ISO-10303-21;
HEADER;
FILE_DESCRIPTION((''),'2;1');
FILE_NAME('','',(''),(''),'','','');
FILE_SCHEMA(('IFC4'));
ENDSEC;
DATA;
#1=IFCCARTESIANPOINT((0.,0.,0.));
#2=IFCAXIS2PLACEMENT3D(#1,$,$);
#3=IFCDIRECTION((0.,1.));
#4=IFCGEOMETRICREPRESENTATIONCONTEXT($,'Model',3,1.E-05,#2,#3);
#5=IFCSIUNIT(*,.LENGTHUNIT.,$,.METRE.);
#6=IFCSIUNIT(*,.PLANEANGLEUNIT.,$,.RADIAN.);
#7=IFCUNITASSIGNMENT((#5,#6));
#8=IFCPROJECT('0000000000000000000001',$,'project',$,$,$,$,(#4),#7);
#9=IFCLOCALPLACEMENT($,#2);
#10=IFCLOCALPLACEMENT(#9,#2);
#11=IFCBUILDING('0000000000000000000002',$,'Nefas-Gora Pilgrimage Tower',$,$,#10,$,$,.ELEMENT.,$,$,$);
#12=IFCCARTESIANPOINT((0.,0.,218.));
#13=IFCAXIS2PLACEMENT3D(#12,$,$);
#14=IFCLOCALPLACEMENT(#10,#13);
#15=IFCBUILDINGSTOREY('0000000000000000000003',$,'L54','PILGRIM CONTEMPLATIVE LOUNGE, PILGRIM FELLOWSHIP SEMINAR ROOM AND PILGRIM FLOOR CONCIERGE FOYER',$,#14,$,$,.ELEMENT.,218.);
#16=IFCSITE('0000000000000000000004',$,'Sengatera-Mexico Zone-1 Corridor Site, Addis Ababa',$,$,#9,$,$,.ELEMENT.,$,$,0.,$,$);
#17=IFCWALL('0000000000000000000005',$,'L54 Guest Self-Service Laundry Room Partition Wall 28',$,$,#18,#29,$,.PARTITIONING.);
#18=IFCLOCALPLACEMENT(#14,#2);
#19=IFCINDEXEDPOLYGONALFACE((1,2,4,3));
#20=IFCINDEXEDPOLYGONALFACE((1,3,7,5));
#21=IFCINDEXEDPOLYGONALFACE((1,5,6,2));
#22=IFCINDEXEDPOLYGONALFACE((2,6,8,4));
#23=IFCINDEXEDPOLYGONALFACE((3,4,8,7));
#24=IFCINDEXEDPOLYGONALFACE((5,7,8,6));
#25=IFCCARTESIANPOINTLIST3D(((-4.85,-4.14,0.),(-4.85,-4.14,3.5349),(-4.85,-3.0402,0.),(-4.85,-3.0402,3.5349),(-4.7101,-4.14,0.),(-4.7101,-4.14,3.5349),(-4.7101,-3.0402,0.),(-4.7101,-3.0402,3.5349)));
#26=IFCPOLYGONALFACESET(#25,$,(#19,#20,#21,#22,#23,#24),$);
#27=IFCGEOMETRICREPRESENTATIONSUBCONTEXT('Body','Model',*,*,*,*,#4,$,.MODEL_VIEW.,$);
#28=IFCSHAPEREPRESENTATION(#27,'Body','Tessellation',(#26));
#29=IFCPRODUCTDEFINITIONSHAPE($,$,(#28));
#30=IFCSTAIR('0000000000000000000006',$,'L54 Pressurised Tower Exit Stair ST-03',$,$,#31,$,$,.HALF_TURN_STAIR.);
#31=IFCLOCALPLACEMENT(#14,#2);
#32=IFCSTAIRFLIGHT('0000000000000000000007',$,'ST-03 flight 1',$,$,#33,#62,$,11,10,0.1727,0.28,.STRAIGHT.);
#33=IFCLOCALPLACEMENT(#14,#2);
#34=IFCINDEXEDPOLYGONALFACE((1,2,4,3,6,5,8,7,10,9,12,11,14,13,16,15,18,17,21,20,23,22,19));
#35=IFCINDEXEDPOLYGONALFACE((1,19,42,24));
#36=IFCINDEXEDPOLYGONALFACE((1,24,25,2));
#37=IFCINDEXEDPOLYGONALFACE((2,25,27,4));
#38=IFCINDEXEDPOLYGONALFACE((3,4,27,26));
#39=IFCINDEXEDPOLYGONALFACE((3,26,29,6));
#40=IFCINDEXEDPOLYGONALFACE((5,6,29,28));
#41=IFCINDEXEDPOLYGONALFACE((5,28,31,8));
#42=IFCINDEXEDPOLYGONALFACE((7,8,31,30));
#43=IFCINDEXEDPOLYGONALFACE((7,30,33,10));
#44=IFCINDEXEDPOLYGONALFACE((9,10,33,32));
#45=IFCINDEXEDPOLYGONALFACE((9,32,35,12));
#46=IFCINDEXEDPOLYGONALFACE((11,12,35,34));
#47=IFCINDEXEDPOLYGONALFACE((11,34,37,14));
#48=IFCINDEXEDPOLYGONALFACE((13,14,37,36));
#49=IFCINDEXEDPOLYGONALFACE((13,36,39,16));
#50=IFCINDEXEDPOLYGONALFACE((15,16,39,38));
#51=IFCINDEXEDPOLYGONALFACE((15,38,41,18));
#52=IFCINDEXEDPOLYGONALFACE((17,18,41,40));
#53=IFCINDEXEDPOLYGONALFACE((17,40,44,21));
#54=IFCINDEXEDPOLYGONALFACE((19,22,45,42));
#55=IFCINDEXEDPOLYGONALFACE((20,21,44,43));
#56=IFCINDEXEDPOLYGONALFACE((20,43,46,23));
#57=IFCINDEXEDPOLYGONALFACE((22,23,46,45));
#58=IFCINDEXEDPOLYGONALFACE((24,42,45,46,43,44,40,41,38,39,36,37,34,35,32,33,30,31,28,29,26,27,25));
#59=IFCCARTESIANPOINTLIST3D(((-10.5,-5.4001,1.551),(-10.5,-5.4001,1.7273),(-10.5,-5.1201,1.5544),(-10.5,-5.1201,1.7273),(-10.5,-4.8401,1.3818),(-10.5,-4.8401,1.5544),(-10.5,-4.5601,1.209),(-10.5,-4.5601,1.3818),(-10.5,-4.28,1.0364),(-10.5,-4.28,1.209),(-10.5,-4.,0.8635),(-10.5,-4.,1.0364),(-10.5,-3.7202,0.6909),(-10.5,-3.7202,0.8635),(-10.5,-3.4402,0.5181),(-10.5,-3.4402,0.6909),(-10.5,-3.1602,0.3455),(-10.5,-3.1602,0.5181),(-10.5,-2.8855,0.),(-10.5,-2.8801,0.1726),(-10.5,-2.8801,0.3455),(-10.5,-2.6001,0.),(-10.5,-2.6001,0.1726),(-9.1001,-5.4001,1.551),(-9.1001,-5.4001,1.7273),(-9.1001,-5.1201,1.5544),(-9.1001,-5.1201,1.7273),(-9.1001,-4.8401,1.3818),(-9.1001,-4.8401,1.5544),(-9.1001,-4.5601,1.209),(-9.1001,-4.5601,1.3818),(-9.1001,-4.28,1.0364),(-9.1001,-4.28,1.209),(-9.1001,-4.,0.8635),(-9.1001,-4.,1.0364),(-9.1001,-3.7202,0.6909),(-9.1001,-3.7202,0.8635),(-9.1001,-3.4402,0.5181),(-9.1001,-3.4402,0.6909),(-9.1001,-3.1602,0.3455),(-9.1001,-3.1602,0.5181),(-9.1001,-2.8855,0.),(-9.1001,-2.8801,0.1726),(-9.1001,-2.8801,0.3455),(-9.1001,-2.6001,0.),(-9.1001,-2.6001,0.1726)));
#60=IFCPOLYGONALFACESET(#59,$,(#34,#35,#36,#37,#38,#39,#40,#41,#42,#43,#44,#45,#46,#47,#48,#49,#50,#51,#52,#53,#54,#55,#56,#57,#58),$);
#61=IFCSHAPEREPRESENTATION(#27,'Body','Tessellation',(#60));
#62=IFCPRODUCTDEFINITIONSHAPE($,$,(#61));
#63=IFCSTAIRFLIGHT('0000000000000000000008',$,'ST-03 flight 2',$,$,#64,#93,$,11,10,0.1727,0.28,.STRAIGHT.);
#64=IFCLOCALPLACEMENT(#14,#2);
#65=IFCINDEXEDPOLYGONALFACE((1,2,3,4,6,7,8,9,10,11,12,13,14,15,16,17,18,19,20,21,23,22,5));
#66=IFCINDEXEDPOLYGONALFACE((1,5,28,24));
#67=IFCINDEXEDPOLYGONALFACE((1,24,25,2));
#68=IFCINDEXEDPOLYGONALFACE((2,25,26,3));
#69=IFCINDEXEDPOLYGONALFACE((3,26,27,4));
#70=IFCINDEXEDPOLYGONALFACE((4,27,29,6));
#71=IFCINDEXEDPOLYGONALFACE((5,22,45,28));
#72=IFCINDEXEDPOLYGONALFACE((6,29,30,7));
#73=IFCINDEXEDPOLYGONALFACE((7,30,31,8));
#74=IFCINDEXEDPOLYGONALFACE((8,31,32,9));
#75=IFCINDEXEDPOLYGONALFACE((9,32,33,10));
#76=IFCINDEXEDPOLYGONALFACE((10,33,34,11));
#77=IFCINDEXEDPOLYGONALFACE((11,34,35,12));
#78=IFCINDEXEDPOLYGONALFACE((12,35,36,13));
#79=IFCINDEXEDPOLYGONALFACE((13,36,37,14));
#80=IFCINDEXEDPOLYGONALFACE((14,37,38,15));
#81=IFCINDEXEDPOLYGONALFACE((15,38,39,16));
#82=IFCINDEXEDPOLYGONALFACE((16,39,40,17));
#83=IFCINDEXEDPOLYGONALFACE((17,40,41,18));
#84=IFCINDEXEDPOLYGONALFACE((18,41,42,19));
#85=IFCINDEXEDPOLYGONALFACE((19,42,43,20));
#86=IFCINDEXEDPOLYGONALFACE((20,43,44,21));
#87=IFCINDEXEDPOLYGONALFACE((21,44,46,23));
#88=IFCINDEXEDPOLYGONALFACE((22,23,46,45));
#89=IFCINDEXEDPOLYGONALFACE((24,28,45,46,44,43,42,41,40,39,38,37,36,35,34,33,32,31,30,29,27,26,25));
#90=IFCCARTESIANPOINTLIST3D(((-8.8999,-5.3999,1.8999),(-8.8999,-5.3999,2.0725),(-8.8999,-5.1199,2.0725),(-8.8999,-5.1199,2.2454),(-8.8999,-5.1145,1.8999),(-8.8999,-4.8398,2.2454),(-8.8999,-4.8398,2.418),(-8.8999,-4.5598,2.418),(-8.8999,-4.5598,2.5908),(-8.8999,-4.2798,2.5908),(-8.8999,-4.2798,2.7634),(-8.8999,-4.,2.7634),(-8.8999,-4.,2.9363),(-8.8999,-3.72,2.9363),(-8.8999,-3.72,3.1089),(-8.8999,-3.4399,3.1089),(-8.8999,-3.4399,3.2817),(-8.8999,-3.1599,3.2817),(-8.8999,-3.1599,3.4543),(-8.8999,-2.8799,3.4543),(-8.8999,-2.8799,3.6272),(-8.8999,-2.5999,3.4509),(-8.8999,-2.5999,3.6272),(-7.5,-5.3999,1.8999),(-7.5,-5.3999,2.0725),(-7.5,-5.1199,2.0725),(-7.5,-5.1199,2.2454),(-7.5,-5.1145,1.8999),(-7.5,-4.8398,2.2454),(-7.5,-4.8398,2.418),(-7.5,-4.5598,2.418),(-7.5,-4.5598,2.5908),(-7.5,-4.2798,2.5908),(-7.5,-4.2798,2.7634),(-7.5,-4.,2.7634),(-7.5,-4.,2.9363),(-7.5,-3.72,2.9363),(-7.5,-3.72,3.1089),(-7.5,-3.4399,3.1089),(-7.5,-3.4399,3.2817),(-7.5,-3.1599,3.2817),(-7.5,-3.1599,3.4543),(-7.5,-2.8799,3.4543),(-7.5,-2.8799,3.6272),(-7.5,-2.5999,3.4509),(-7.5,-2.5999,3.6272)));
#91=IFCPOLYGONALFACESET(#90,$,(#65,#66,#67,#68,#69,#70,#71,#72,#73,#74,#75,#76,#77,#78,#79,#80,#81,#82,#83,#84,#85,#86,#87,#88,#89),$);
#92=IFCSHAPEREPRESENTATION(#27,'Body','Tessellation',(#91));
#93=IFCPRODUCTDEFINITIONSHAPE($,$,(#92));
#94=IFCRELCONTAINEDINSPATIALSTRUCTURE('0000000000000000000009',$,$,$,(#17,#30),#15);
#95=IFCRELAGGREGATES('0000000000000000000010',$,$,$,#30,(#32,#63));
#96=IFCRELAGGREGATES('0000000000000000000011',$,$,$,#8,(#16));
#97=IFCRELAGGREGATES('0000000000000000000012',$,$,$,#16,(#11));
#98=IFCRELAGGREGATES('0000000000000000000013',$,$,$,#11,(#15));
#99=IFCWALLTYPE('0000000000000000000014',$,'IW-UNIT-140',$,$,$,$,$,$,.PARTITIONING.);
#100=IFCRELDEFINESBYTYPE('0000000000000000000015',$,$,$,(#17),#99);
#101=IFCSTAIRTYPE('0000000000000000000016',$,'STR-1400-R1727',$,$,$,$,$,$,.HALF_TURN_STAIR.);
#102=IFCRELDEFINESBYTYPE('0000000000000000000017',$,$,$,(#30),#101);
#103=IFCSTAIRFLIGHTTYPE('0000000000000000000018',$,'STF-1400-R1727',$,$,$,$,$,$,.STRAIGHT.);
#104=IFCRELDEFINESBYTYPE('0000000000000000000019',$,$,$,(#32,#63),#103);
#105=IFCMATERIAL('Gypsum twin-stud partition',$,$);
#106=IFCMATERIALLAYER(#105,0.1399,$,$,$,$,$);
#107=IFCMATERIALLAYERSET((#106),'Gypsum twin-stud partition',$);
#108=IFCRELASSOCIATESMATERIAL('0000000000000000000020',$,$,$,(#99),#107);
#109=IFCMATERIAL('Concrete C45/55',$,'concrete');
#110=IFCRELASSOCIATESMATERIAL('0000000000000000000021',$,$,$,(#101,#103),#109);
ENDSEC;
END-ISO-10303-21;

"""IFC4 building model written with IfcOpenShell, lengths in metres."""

from ifc_helpers import new_model, si_unit, direction, frame, frame_2d, origin, place, context, subcontext, project, spatial, polyline, rectangle, outline, extrude, source, transform, mapped, material, layer, layer_set, type_object, element, aggregate, save


model = new_model("IFC4")

# Units and contexts
model_context = context("Model", 3, precision=1e-05, world=origin(), true_north=direction((0.0, 1.0)))
body_context = subcontext(model_context, "Body", "Model", "MODEL_VIEW")
ifc_project = project(units=[si_unit("LENGTHUNIT", "METRE"), si_unit("PLANEANGLEUNIT", "RADIAN")], contexts=[model_context])

# Site, building, storey
site_placement = place(None, origin())
site = spatial("IfcSite", under=ifc_project, at=site_placement, Name="Sengatera-Mexico Zone-1 Corridor Site, Addis Ababa", CompositionType="ELEMENT", RefElevation=0.0)
building_placement = place(site_placement, origin())
building = spatial("IfcBuilding", under=site, at=building_placement, Name="Nefas-Gora Pilgrimage Tower", CompositionType="ELEMENT")
storey_placement = place(building_placement, frame((0.0, 0.0, 218.0)))
storey = spatial("IfcBuildingStorey", under=building, at=storey_placement, Name="L54", Description="PILGRIM CONTEMPLATIVE LOUNGE, PILGRIM FELLOWSHIP SEMINAR ROOM AND PILGRIM FLOOR CONCIERGE FOYER", CompositionType="ELEMENT", Elevation=218.0)

# Shared definitions
ifc_material_1 = material(Name="Concrete C45/55", Category="concrete")

# Shared definitions
ifc_material_2 = material(Name="Gypsum twin-stud partition")
ifc_layer_1 = layer(ifc_material_2, 0.1399)
ifc_layer_set_1 = layer_set([ifc_layer_1], Name="Gypsum twin-stud partition")
wall_type_1 = type_object("IfcWallType", Name="IW-UNIT-140", PredefinedType="PARTITIONING", material=ifc_layer_set_1)

# Wall
shared_shape_1 = source(origin(), body_context, "Body", "SweptSolid", [
    extrude(rectangle(XDim=1.0999, YDim=0.1399, at=frame_2d((0.5498, 0.0))), origin(), (0.0, 0.0, 1.0), 3.5349),
])
wall_1_placement = place(storey_placement, frame((-4.78, -4.1399, 0.0), z_axis=(0.0, 0.0, 1.0), x_axis=(0.0, 1.0, 0.0)))
element("IfcWall", 1, at=wall_1_placement, inside=storey, type_object=wall_type_1, Name="L54 Guest Self-Service Laundry Room Partition Wall 28", PredefinedType="PARTITIONING", context=body_context, shape_type="MappedRepresentation", body=[
    mapped(shared_shape_1, transform((0.0, 0.0, 0.0), x_axis=(1.0, 0.0, 0.0), y_axis=(0.0, 1.0, 0.0), z_axis=(0.0, 0.0, 1.0), scale=1.0)),
])

# Stair, stair flights
stair_type = type_object("IfcStairType", Name="STR-1400-R1727", PredefinedType="HALF_TURN_STAIR", material=ifc_material_1)
stair_placement = place(storey_placement, origin())
stair = element("IfcStair", 2, at=stair_placement, inside=storey, type_object=stair_type, Name="L54 Pressurised Tower Exit Stair ST-03", PredefinedType="HALF_TURN_STAIR")
stair_flight_type = type_object("IfcStairFlightType", Name="STF-1400-R1727", PredefinedType="STRAIGHT", material=ifc_material_1)
shared_shape_2 = source(origin(), body_context, "Body", "SweptSolid", [
    extrude(outline(polyline([(0.0, 0.0), (0.0, 0.1726), (0.28, 0.1726), (0.28, 0.3455), (0.5601, 0.3455), (0.5601, 0.5181), (0.8401, 0.5181), (0.8401, 0.6909), (1.1201, 0.6909), (1.1201, 0.8635), (1.3999, 0.8635), (1.3999, 1.0364), (1.6799, 1.0364), (1.6799, 1.209), (1.96, 1.209), (1.96, 1.3818), (2.24, 1.3818), (2.24, 1.5544), (2.52, 1.5544), (2.52, 1.7273), (2.8, 1.7273), (2.8, 1.8999), (2.8, 1.551), (0.2854, 0.0), (0.0, 0.0)])), frame((0.0, 0.7, 0.0), z_axis=(0.0, -1.0, 0.0), x_axis=(1.0, 0.0, 0.0)), (0.0, 0.0, 1.0), 1.3999),
])
stair_flight_1_placement = place(storey_placement, frame((-9.8, -2.6001, 0.0), z_axis=(0.0, 0.0, 1.0), x_axis=(0.0, -1.0, 0.0)))
stair_flight_1 = element("IfcStairFlight", 3, at=stair_flight_1_placement, type_object=stair_flight_type, Name="ST-03 flight 1", NumberOfRisers=11, NumberOfTreads=10, PredefinedType="STRAIGHT", RiserHeight=0.1727, TreadLength=0.28, context=body_context, shape_type="MappedRepresentation", body=[
    mapped(shared_shape_2, transform((0.0, 0.0, 0.0), x_axis=(1.0, 0.0, 0.0), y_axis=(0.0, 1.0, 0.0), z_axis=(0.0, 0.0, 1.0), scale=1.0)),
])
stair_flight_2_placement = place(storey_placement, frame((-8.2, -5.3999, 1.8999), z_axis=(0.0, 0.0, 1.0), x_axis=(0.0, 1.0, 0.0)))
stair_flight_2 = element("IfcStairFlight", 4, at=stair_flight_2_placement, type_object=stair_flight_type, Name="ST-03 flight 2", NumberOfRisers=11, NumberOfTreads=10, PredefinedType="STRAIGHT", RiserHeight=0.1727, TreadLength=0.28, context=body_context, shape_type="MappedRepresentation", body=[
    mapped(shared_shape_2, transform((0.0, 0.0, 0.0), x_axis=(1.0, 0.0, 0.0), y_axis=(0.0, 1.0, 0.0), z_axis=(0.0, 0.0, 1.0), scale=1.0)),
])
aggregate(stair, [stair_flight_1, stair_flight_2])

save(model, "model.ifc")
